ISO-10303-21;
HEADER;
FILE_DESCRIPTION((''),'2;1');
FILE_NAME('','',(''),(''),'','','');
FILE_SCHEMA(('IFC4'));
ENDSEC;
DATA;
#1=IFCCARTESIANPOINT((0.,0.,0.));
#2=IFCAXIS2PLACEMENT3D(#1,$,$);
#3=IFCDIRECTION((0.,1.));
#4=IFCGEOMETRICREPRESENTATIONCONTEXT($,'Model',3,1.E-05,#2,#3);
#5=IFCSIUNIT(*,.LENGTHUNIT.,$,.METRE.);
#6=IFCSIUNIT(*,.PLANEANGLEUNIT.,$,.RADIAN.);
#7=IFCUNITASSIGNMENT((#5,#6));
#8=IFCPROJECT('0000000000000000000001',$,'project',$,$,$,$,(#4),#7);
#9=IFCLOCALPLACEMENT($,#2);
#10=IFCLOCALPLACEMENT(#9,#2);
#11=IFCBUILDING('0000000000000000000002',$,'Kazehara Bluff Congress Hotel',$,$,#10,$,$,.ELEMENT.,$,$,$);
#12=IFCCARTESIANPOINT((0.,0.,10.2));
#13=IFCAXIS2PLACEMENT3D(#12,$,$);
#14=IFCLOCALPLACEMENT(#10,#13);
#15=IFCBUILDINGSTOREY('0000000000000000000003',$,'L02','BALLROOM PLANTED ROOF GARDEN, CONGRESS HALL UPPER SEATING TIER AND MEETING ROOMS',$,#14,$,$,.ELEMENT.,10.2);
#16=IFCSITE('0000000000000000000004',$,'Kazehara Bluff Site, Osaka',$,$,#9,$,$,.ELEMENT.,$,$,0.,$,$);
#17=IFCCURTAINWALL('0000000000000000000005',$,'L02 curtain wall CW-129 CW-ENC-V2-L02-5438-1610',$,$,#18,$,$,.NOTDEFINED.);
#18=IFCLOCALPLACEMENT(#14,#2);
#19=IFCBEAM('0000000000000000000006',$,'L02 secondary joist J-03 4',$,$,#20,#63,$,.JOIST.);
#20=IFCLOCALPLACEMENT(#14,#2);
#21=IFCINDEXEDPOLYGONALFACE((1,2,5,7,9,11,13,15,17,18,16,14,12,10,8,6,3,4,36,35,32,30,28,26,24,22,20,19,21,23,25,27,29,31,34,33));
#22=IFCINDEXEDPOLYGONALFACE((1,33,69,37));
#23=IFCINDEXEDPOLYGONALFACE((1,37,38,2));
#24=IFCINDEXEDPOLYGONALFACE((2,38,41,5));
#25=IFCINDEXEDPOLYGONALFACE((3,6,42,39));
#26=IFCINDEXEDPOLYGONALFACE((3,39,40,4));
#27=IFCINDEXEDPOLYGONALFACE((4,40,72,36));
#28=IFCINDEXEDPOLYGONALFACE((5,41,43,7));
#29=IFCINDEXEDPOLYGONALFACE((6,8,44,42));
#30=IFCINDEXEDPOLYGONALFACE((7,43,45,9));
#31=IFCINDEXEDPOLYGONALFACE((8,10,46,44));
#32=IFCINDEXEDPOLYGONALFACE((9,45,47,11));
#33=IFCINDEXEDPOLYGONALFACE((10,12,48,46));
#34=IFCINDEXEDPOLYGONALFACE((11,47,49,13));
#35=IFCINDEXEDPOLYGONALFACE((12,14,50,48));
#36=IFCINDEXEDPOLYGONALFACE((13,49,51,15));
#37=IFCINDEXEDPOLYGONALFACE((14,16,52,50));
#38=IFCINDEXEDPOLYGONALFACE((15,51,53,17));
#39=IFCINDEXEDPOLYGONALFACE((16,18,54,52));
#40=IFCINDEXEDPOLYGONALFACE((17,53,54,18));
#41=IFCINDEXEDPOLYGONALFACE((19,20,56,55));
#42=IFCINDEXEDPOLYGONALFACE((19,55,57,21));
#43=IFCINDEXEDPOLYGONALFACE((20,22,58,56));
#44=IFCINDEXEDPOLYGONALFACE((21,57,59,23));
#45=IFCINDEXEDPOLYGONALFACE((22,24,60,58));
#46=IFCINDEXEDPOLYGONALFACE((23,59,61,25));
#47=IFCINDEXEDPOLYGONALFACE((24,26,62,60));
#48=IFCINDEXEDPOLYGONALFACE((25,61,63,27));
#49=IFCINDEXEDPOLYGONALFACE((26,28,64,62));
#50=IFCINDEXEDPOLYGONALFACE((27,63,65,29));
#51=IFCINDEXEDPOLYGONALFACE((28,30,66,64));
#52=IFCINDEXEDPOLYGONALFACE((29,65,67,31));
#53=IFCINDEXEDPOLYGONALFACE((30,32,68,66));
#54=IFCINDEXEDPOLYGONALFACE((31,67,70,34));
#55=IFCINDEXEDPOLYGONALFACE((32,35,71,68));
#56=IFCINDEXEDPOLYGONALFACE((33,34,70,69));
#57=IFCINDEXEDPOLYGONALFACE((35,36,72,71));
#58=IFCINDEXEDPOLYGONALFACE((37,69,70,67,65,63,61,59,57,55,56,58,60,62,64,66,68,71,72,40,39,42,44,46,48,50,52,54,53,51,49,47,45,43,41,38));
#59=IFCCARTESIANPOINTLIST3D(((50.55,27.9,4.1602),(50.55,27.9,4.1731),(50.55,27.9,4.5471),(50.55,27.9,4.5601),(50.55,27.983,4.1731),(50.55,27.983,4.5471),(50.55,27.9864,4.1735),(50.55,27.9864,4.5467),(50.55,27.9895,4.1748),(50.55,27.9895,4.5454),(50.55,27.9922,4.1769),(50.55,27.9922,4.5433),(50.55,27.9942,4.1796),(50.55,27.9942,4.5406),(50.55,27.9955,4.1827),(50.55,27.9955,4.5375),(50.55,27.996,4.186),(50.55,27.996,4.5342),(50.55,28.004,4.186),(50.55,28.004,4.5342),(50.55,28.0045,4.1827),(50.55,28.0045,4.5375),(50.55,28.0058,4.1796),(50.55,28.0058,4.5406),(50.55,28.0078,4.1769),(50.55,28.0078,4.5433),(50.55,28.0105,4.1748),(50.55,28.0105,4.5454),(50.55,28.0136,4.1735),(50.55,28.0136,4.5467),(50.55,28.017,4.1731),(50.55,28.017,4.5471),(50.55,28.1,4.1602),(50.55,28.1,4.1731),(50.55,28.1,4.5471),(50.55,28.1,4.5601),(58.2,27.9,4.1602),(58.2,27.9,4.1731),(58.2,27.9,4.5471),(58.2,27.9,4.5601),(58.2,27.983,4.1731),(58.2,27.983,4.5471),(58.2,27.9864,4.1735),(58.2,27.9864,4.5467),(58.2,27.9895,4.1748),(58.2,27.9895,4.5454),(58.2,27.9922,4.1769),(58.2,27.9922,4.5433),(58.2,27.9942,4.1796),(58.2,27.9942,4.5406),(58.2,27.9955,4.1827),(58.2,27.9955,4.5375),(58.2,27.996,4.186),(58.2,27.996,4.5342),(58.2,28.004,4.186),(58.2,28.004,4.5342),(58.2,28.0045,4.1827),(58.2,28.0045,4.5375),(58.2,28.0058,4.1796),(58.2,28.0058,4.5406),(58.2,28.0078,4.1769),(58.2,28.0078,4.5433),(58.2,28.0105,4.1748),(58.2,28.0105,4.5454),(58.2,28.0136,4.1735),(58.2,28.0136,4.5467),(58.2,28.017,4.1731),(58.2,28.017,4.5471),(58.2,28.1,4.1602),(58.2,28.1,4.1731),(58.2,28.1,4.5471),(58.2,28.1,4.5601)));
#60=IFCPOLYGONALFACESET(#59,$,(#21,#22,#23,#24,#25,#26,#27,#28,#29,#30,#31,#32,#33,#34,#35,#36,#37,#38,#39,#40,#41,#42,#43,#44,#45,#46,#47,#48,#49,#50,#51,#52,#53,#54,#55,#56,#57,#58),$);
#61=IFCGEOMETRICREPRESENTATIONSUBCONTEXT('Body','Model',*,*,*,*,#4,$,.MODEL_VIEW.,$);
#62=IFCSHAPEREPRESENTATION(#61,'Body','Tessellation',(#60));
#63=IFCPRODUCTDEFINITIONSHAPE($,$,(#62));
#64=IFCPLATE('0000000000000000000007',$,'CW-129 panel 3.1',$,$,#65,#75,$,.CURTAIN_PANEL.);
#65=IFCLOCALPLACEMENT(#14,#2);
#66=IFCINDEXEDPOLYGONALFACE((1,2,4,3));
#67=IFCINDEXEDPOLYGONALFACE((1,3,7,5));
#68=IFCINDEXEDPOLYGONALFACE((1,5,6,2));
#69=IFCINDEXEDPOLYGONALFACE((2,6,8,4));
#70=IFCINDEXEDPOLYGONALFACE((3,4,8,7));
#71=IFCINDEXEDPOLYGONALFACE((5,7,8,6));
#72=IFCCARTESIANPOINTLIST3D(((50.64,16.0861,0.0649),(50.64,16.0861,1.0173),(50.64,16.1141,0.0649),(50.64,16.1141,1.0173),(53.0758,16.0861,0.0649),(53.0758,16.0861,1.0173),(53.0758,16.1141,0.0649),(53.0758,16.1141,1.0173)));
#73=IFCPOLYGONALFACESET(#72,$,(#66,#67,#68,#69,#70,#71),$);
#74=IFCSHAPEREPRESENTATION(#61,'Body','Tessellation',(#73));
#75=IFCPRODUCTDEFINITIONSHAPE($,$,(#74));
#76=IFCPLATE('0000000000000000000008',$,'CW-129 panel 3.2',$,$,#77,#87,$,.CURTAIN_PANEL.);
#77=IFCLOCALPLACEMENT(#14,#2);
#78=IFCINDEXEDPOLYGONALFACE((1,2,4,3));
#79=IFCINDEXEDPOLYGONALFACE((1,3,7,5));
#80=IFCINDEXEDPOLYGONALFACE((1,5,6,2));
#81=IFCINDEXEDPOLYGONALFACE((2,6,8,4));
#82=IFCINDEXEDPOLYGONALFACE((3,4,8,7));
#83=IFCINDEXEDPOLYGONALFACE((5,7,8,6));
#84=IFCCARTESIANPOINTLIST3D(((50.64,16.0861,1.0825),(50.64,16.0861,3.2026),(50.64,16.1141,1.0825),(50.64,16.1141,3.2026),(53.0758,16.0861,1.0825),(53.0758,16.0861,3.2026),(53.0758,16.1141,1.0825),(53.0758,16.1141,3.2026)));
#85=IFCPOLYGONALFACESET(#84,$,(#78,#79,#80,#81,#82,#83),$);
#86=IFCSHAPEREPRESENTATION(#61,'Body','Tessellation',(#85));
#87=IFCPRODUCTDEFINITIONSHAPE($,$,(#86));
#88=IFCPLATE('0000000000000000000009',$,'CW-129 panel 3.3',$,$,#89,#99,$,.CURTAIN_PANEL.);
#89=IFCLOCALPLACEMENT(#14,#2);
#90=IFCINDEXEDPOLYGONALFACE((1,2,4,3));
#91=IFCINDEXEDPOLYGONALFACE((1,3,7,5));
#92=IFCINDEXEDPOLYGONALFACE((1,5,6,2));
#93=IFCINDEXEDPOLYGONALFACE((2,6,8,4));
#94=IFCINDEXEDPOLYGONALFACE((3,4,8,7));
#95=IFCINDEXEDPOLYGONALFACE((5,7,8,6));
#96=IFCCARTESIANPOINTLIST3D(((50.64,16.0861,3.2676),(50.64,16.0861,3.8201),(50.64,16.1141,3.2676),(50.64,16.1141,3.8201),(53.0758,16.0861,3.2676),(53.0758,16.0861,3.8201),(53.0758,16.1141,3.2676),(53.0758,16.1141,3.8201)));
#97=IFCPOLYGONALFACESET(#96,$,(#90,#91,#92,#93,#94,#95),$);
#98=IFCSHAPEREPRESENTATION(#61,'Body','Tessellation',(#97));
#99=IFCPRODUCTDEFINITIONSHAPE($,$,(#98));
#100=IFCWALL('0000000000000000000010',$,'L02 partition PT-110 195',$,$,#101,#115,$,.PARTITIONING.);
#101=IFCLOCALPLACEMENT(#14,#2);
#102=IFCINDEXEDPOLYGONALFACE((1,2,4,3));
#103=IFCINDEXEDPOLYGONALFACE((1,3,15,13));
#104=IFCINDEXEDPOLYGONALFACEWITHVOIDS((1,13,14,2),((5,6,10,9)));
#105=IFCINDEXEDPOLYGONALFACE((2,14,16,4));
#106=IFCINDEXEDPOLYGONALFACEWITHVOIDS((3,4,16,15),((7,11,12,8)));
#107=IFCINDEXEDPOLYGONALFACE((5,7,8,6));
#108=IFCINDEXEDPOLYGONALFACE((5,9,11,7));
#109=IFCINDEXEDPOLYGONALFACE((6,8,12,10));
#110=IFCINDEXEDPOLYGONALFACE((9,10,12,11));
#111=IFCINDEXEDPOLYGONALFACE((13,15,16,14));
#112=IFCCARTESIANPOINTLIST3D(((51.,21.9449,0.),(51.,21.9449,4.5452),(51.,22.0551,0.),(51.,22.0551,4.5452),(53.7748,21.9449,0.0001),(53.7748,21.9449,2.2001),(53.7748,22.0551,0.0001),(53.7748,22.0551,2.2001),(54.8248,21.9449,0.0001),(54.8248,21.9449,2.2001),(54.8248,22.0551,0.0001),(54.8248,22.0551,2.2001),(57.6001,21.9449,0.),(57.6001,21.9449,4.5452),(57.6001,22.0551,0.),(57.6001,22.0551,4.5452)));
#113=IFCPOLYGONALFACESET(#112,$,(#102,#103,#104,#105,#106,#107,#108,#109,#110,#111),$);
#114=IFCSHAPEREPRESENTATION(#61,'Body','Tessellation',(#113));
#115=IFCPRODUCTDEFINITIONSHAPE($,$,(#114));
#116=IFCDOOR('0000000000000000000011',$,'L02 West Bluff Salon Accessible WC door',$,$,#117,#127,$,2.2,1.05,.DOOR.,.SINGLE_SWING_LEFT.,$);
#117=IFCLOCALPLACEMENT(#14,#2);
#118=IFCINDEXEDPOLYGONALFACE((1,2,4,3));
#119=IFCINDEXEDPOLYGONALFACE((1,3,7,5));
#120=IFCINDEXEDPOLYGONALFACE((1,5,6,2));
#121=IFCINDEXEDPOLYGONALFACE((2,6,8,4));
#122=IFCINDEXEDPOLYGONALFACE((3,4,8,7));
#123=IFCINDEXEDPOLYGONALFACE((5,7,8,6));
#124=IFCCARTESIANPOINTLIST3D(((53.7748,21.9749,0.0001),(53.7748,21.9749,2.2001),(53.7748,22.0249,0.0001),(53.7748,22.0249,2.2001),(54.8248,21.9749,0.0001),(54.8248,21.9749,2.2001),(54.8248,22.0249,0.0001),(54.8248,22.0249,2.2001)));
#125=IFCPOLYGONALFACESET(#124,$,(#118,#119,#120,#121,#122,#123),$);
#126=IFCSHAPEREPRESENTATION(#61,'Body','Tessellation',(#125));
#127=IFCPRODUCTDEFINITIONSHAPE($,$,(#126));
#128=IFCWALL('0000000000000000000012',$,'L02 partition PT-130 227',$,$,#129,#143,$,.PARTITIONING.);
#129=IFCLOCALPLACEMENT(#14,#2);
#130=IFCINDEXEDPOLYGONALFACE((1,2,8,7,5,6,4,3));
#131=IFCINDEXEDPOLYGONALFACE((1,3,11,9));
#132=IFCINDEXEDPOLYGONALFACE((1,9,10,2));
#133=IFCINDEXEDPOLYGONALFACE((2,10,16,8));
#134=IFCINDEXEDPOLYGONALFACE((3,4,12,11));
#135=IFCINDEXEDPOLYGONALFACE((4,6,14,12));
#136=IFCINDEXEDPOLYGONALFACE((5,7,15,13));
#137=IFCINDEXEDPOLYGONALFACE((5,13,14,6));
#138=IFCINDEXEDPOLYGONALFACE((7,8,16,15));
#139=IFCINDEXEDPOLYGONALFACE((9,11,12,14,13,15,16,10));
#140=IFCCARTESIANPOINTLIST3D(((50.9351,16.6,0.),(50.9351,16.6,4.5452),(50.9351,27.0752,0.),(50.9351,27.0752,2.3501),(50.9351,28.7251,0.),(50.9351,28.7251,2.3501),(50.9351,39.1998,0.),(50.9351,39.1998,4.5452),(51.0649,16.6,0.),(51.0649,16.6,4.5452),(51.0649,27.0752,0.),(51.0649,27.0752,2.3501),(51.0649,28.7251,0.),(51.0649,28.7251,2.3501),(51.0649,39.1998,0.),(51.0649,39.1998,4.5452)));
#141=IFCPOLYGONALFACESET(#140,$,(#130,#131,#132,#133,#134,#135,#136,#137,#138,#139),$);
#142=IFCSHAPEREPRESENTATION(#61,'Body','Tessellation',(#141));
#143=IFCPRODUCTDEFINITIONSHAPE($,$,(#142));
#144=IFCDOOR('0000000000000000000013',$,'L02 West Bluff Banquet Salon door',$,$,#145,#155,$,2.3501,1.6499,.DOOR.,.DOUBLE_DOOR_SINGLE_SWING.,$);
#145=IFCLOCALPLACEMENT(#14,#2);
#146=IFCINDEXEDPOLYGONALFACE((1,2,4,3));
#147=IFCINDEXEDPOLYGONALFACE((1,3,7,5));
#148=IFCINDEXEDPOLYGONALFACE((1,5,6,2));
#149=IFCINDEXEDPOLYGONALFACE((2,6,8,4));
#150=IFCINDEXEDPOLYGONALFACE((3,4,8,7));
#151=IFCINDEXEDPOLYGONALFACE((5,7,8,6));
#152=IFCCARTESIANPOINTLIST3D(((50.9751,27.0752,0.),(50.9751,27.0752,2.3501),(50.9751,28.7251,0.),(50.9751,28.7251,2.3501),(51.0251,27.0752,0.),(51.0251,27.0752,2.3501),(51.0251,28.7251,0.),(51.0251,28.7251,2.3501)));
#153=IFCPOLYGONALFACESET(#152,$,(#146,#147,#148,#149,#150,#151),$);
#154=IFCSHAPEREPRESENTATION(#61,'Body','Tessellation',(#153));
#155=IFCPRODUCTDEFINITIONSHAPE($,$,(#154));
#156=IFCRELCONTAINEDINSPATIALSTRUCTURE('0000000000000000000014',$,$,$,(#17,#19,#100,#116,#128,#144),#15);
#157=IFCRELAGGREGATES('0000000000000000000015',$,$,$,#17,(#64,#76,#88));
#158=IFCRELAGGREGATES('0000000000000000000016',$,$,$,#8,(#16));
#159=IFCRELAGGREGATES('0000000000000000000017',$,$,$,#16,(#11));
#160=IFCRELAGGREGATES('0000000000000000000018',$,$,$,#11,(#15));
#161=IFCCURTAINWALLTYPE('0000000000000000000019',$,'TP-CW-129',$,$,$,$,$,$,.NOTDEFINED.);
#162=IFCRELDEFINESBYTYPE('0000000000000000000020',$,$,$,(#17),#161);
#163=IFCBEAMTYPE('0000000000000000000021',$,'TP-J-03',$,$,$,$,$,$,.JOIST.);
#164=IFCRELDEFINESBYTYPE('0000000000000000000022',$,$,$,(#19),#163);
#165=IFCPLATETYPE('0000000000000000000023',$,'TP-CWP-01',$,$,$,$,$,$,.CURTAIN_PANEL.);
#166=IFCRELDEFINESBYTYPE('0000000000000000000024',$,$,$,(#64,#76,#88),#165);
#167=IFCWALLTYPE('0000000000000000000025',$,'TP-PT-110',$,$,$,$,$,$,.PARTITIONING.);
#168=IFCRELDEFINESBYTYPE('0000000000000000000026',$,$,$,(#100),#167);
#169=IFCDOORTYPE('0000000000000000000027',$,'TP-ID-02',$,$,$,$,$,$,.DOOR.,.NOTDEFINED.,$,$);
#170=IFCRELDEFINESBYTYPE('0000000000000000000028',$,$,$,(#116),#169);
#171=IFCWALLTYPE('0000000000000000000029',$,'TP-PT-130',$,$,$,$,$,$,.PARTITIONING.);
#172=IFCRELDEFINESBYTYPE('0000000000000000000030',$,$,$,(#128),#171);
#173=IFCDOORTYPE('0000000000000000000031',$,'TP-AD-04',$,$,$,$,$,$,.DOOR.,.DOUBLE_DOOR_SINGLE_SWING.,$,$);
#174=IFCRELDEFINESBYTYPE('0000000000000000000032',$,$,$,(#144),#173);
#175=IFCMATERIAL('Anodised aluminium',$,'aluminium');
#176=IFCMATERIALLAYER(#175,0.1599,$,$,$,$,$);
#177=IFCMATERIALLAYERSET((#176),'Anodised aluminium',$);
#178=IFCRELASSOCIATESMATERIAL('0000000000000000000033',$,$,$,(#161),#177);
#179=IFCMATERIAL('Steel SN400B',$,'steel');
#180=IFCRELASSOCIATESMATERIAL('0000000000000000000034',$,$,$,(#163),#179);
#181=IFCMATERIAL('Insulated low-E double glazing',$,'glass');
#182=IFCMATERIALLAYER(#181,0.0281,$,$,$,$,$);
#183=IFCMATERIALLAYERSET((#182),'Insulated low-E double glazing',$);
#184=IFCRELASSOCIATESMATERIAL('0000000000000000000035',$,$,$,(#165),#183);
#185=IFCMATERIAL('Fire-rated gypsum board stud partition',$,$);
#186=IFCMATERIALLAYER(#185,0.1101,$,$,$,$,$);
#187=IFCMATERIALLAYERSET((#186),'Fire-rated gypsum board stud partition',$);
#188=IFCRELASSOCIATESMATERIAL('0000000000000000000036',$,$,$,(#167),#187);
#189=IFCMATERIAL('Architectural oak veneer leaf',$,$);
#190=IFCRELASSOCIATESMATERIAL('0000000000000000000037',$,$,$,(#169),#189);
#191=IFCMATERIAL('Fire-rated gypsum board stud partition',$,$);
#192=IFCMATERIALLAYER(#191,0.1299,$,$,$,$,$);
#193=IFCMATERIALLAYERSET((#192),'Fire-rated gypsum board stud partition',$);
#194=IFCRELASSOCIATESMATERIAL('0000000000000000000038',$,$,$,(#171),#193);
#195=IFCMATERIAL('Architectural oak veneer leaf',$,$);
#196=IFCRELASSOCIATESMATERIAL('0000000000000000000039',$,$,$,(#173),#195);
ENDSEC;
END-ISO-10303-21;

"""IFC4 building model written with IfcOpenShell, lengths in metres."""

from ifc_helpers import new_model, si_unit, direction, frame, frame_2d, origin, origin_2d, place, context, subcontext, project, spatial, rectangle, i_section, extrude, material, layer, layer_set, material_profile, profile_set, type_object, element, fill, aggregate, save


model = new_model("IFC4")

# Units and contexts
model_context = context("Model", 3, precision=1e-05, world=origin(), true_north=direction((0.0, 1.0)))
body_context = subcontext(model_context, "Body", "Model", "MODEL_VIEW")
ifc_project = project(units=[si_unit("LENGTHUNIT", "METRE"), si_unit("PLANEANGLEUNIT", "RADIAN")], contexts=[model_context])

# Site, building, storey
site_placement = place(None, origin())
site = spatial("IfcSite", under=ifc_project, at=site_placement, Name="Kazehara Bluff Site, Osaka", CompositionType="ELEMENT", RefElevation=0.0)
building_placement = place(site_placement, origin())
building = spatial("IfcBuilding", under=site, at=building_placement, Name="Kazehara Bluff Congress Hotel", CompositionType="ELEMENT")
storey_placement = place(building_placement, frame((0.0, 0.0, 10.2)))
storey = spatial("IfcBuildingStorey", under=building, at=storey_placement, Name="L02", Description="BALLROOM PLANTED ROOF GARDEN, CONGRESS HALL UPPER SEATING TIER AND MEETING ROOMS", CompositionType="ELEMENT", Elevation=10.2)

# Curtain wall
ifc_material_1 = material(Name="Anodised aluminium", Category="aluminium")
ifc_layer_1 = layer(ifc_material_1, 0.1599)
ifc_layer_set_1 = layer_set([ifc_layer_1], Name="Anodised aluminium")
curtain_wall_type_1 = type_object("IfcCurtainWallType", Name="TP-CW-129", PredefinedType="NOTDEFINED", material=ifc_layer_set_1)
curtain_wall_1_placement = place(storey_placement, origin())
curtain_wall_1 = element("IfcCurtainWall", 1, at=curtain_wall_1_placement, inside=storey, type_object=curtain_wall_type_1, Name="L02 curtain wall CW-129 CW-ENC-V2-L02-5438-1610", PredefinedType="NOTDEFINED")

# Beam
ifc_material_2 = material(Name="Steel SN400B", Category="steel")
ifc_material_profile_1 = material_profile(ifc_material_2, i_section(OverallWidth=0.2, OverallDepth=0.3999, WebThickness=0.0081, FlangeThickness=0.0129, FilletRadius=0.0129, at=origin_2d()))
ifc_profile_set_1 = profile_set([ifc_material_profile_1], Name="Steel SN400B")
beam_type_1 = type_object("IfcBeamType", Name="TP-J-03", PredefinedType="JOIST", material=ifc_profile_set_1)
for number, where, z_axis, x_axis, name in (
    (2, (50.55, 28.0, 4.3601), (1.0, 0.0, 0.0), (0.0, 1.0, 0.0), "L02 secondary joist J-03 4"),
):
    element("IfcBeam", number, at=place(storey_placement, frame(where, z_axis=z_axis, x_axis=x_axis)), inside=storey, type_object=beam_type_1, Name=name, PredefinedType="JOIST", context=body_context, shape_type="SweptSolid", body=[
        extrude(i_section(OverallWidth=0.2, OverallDepth=0.3999, WebThickness=0.0081, FlangeThickness=0.0129, FilletRadius=0.0129, at=origin_2d()), origin(), (0.0, 0.0, 1.0), 7.6499),
    ])

# Plates
ifc_material_3 = material(Name="Insulated low-E double glazing", Category="glass")
ifc_layer_2 = layer(ifc_material_3, 0.0281)
ifc_layer_set_2 = layer_set([ifc_layer_2], Name="Insulated low-E double glazing")
plate_type = type_object("IfcPlateType", Name="TP-CWP-01", PredefinedType="CURTAIN_PANEL", material=ifc_layer_set_2)
plate_1_placement = place(storey_placement, frame((51.8579, 16.1001, 0.0649), z_axis=(0.0, 0.0, 1.0), x_axis=(-1.0, 0.0, 0.0)))
plate_1 = element("IfcPlate", 3, at=plate_1_placement, type_object=plate_type, Name="CW-129 panel 3.1", PredefinedType="CURTAIN_PANEL", context=body_context, shape_type="SweptSolid", body=[
    extrude(rectangle(XDim=2.4358, YDim=0.0281, at=origin_2d()), origin(), (0.0, 0.0, 1.0), 0.9524),
])
plate_2_placement = place(storey_placement, frame((51.8579, 16.1001, 1.0825), z_axis=(0.0, 0.0, 1.0), x_axis=(-1.0, 0.0, 0.0)))
plate_2 = element("IfcPlate", 4, at=plate_2_placement, type_object=plate_type, Name="CW-129 panel 3.2", PredefinedType="CURTAIN_PANEL", context=body_context, shape_type="SweptSolid", body=[
    extrude(rectangle(XDim=2.4358, YDim=0.0281, at=origin_2d()), origin(), (0.0, 0.0, 1.0), 2.1201),
])
plate_3_placement = place(storey_placement, frame((51.8579, 16.1001, 3.2676), z_axis=(0.0, 0.0, 1.0), x_axis=(-1.0, 0.0, 0.0)))
plate_3 = element("IfcPlate", 5, at=plate_3_placement, type_object=plate_type, Name="CW-129 panel 3.3", PredefinedType="CURTAIN_PANEL", context=body_context, shape_type="SweptSolid", body=[
    extrude(rectangle(XDim=2.4358, YDim=0.0281, at=origin_2d()), origin(), (0.0, 0.0, 1.0), 0.5525),
])
aggregate(curtain_wall_1, [plate_1, plate_2, plate_3])

# Walls, openings, doors
ifc_material_4 = material(Name="Fire-rated gypsum board stud partition")
ifc_layer_3 = layer(ifc_material_4, 0.1101)
ifc_layer_set_3 = layer_set([ifc_layer_3], Name="Fire-rated gypsum board stud partition")
wall_type_1 = type_object("IfcWallType", Name="TP-PT-110", PredefinedType="PARTITIONING", material=ifc_layer_set_3)
wall_1_placement = place(storey_placement, frame((51.0, 22.0, 0.0), z_axis=(0.0, 0.0, 1.0), x_axis=(1.0, 0.0, 0.0)))
wall_1 = element("IfcWall", 6, at=wall_1_placement, inside=storey, type_object=wall_type_1, Name="L02 partition PT-110 195", PredefinedType="PARTITIONING", context=body_context, shape_type="SweptSolid", body=[
    extrude(rectangle(XDim=6.6001, YDim=0.1101, at=frame_2d((3.3, 0.0))), origin(), (0.0, 0.0, 1.0), 4.5452),
])
opening_1_placement = place(wall_1_placement, frame((2.7749, 0.0, 0.0)))
opening_1 = element("IfcOpeningElement", 7, at=opening_1_placement, cuts=wall_1, PredefinedType="OPENING", context=body_context, shape_type="SweptSolid", body=[
    extrude(rectangle(XDim=1.05, YDim=2.2, at=frame_2d((0.5249, 1.1001))), frame((0.0, 0.0649, 0.0), z_axis=(0.0, -1.0, 0.0), x_axis=(1.0, 0.0, 0.0)), (0.0, 0.0, 1.0), 0.1301),
])
ifc_material_5 = material(Name="Architectural oak veneer leaf")
door_type_1 = type_object("IfcDoorType", Name="TP-ID-02", OperationType="NOTDEFINED", PredefinedType="DOOR", material=ifc_material_5)
door_1_placement = place(opening_1_placement, origin())
door_1 = element("IfcDoor", 8, at=door_1_placement, inside=storey, type_object=door_type_1, Name="L02 West Bluff Salon Accessible WC door", OperationType="SINGLE_SWING_LEFT", OverallHeight=2.2, OverallWidth=1.05, PredefinedType="DOOR", context=body_context, shape_type="SweptSolid", body=[
    extrude(rectangle(XDim=1.05, YDim=2.2, at=frame_2d((0.5249, 1.1001))), frame((0.0, 0.0249, 0.0), z_axis=(0.0, -1.0, 0.0), x_axis=(1.0, 0.0, 0.0)), (0.0, 0.0, 1.0), 0.05),
])
fill(opening_1, door_1)
ifc_material_6 = material(Name="Fire-rated gypsum board stud partition")
ifc_layer_4 = layer(ifc_material_6, 0.1299)
ifc_layer_set_4 = layer_set([ifc_layer_4], Name="Fire-rated gypsum board stud partition")
wall_type_2 = type_object("IfcWallType", Name="TP-PT-130", PredefinedType="PARTITIONING", material=ifc_layer_set_4)
wall_2_placement = place(storey_placement, frame((51.0, 16.6001, 0.0), z_axis=(0.0, 0.0, 1.0), x_axis=(0.0, 1.0, 0.0)))
wall_2 = element("IfcWall", 9, at=wall_2_placement, inside=storey, type_object=wall_type_2, Name="L02 partition PT-130 227", PredefinedType="PARTITIONING", context=body_context, shape_type="SweptSolid", body=[
    extrude(rectangle(XDim=22.5999, YDim=0.1299, at=frame_2d((11.2998, 0.0))), origin(), (0.0, 0.0, 1.0), 4.5452),
])
opening_2_placement = place(wall_2_placement, frame((10.4751, 0.0, 0.0)))
opening_2 = element("IfcOpeningElement", 10, at=opening_2_placement, cuts=wall_2, PredefinedType="OPENING", context=body_context, shape_type="SweptSolid", body=[
    extrude(rectangle(XDim=1.6499, YDim=2.3501, at=frame_2d((0.825, 1.175))), frame((0.0, 0.075, 0.0), z_axis=(0.0, -1.0, 0.0), x_axis=(1.0, 0.0, 0.0)), (0.0, 0.0, 1.0), 0.1499),
])
ifc_material_7 = material(Name="Architectural oak veneer leaf")
door_type_2 = type_object("IfcDoorType", Name="TP-AD-04", OperationType="DOUBLE_DOOR_SINGLE_SWING", PredefinedType="DOOR", material=ifc_material_7)
door_2_placement = place(opening_2_placement, origin())
door_2 = element("IfcDoor", 11, at=door_2_placement, inside=storey, type_object=door_type_2, Name="L02 West Bluff Banquet Salon door", OperationType="DOUBLE_DOOR_SINGLE_SWING", OverallHeight=2.3501, OverallWidth=1.6499, PredefinedType="DOOR", context=body_context, shape_type="SweptSolid", body=[
    extrude(rectangle(XDim=1.6499, YDim=2.3501, at=frame_2d((0.825, 1.175))), frame((0.0, 0.0249, 0.0), z_axis=(0.0, -1.0, 0.0), x_axis=(1.0, 0.0, 0.0)), (0.0, 0.0, 1.0), 0.05),
])
fill(opening_2, door_2)

save(model, "model.ifc")
